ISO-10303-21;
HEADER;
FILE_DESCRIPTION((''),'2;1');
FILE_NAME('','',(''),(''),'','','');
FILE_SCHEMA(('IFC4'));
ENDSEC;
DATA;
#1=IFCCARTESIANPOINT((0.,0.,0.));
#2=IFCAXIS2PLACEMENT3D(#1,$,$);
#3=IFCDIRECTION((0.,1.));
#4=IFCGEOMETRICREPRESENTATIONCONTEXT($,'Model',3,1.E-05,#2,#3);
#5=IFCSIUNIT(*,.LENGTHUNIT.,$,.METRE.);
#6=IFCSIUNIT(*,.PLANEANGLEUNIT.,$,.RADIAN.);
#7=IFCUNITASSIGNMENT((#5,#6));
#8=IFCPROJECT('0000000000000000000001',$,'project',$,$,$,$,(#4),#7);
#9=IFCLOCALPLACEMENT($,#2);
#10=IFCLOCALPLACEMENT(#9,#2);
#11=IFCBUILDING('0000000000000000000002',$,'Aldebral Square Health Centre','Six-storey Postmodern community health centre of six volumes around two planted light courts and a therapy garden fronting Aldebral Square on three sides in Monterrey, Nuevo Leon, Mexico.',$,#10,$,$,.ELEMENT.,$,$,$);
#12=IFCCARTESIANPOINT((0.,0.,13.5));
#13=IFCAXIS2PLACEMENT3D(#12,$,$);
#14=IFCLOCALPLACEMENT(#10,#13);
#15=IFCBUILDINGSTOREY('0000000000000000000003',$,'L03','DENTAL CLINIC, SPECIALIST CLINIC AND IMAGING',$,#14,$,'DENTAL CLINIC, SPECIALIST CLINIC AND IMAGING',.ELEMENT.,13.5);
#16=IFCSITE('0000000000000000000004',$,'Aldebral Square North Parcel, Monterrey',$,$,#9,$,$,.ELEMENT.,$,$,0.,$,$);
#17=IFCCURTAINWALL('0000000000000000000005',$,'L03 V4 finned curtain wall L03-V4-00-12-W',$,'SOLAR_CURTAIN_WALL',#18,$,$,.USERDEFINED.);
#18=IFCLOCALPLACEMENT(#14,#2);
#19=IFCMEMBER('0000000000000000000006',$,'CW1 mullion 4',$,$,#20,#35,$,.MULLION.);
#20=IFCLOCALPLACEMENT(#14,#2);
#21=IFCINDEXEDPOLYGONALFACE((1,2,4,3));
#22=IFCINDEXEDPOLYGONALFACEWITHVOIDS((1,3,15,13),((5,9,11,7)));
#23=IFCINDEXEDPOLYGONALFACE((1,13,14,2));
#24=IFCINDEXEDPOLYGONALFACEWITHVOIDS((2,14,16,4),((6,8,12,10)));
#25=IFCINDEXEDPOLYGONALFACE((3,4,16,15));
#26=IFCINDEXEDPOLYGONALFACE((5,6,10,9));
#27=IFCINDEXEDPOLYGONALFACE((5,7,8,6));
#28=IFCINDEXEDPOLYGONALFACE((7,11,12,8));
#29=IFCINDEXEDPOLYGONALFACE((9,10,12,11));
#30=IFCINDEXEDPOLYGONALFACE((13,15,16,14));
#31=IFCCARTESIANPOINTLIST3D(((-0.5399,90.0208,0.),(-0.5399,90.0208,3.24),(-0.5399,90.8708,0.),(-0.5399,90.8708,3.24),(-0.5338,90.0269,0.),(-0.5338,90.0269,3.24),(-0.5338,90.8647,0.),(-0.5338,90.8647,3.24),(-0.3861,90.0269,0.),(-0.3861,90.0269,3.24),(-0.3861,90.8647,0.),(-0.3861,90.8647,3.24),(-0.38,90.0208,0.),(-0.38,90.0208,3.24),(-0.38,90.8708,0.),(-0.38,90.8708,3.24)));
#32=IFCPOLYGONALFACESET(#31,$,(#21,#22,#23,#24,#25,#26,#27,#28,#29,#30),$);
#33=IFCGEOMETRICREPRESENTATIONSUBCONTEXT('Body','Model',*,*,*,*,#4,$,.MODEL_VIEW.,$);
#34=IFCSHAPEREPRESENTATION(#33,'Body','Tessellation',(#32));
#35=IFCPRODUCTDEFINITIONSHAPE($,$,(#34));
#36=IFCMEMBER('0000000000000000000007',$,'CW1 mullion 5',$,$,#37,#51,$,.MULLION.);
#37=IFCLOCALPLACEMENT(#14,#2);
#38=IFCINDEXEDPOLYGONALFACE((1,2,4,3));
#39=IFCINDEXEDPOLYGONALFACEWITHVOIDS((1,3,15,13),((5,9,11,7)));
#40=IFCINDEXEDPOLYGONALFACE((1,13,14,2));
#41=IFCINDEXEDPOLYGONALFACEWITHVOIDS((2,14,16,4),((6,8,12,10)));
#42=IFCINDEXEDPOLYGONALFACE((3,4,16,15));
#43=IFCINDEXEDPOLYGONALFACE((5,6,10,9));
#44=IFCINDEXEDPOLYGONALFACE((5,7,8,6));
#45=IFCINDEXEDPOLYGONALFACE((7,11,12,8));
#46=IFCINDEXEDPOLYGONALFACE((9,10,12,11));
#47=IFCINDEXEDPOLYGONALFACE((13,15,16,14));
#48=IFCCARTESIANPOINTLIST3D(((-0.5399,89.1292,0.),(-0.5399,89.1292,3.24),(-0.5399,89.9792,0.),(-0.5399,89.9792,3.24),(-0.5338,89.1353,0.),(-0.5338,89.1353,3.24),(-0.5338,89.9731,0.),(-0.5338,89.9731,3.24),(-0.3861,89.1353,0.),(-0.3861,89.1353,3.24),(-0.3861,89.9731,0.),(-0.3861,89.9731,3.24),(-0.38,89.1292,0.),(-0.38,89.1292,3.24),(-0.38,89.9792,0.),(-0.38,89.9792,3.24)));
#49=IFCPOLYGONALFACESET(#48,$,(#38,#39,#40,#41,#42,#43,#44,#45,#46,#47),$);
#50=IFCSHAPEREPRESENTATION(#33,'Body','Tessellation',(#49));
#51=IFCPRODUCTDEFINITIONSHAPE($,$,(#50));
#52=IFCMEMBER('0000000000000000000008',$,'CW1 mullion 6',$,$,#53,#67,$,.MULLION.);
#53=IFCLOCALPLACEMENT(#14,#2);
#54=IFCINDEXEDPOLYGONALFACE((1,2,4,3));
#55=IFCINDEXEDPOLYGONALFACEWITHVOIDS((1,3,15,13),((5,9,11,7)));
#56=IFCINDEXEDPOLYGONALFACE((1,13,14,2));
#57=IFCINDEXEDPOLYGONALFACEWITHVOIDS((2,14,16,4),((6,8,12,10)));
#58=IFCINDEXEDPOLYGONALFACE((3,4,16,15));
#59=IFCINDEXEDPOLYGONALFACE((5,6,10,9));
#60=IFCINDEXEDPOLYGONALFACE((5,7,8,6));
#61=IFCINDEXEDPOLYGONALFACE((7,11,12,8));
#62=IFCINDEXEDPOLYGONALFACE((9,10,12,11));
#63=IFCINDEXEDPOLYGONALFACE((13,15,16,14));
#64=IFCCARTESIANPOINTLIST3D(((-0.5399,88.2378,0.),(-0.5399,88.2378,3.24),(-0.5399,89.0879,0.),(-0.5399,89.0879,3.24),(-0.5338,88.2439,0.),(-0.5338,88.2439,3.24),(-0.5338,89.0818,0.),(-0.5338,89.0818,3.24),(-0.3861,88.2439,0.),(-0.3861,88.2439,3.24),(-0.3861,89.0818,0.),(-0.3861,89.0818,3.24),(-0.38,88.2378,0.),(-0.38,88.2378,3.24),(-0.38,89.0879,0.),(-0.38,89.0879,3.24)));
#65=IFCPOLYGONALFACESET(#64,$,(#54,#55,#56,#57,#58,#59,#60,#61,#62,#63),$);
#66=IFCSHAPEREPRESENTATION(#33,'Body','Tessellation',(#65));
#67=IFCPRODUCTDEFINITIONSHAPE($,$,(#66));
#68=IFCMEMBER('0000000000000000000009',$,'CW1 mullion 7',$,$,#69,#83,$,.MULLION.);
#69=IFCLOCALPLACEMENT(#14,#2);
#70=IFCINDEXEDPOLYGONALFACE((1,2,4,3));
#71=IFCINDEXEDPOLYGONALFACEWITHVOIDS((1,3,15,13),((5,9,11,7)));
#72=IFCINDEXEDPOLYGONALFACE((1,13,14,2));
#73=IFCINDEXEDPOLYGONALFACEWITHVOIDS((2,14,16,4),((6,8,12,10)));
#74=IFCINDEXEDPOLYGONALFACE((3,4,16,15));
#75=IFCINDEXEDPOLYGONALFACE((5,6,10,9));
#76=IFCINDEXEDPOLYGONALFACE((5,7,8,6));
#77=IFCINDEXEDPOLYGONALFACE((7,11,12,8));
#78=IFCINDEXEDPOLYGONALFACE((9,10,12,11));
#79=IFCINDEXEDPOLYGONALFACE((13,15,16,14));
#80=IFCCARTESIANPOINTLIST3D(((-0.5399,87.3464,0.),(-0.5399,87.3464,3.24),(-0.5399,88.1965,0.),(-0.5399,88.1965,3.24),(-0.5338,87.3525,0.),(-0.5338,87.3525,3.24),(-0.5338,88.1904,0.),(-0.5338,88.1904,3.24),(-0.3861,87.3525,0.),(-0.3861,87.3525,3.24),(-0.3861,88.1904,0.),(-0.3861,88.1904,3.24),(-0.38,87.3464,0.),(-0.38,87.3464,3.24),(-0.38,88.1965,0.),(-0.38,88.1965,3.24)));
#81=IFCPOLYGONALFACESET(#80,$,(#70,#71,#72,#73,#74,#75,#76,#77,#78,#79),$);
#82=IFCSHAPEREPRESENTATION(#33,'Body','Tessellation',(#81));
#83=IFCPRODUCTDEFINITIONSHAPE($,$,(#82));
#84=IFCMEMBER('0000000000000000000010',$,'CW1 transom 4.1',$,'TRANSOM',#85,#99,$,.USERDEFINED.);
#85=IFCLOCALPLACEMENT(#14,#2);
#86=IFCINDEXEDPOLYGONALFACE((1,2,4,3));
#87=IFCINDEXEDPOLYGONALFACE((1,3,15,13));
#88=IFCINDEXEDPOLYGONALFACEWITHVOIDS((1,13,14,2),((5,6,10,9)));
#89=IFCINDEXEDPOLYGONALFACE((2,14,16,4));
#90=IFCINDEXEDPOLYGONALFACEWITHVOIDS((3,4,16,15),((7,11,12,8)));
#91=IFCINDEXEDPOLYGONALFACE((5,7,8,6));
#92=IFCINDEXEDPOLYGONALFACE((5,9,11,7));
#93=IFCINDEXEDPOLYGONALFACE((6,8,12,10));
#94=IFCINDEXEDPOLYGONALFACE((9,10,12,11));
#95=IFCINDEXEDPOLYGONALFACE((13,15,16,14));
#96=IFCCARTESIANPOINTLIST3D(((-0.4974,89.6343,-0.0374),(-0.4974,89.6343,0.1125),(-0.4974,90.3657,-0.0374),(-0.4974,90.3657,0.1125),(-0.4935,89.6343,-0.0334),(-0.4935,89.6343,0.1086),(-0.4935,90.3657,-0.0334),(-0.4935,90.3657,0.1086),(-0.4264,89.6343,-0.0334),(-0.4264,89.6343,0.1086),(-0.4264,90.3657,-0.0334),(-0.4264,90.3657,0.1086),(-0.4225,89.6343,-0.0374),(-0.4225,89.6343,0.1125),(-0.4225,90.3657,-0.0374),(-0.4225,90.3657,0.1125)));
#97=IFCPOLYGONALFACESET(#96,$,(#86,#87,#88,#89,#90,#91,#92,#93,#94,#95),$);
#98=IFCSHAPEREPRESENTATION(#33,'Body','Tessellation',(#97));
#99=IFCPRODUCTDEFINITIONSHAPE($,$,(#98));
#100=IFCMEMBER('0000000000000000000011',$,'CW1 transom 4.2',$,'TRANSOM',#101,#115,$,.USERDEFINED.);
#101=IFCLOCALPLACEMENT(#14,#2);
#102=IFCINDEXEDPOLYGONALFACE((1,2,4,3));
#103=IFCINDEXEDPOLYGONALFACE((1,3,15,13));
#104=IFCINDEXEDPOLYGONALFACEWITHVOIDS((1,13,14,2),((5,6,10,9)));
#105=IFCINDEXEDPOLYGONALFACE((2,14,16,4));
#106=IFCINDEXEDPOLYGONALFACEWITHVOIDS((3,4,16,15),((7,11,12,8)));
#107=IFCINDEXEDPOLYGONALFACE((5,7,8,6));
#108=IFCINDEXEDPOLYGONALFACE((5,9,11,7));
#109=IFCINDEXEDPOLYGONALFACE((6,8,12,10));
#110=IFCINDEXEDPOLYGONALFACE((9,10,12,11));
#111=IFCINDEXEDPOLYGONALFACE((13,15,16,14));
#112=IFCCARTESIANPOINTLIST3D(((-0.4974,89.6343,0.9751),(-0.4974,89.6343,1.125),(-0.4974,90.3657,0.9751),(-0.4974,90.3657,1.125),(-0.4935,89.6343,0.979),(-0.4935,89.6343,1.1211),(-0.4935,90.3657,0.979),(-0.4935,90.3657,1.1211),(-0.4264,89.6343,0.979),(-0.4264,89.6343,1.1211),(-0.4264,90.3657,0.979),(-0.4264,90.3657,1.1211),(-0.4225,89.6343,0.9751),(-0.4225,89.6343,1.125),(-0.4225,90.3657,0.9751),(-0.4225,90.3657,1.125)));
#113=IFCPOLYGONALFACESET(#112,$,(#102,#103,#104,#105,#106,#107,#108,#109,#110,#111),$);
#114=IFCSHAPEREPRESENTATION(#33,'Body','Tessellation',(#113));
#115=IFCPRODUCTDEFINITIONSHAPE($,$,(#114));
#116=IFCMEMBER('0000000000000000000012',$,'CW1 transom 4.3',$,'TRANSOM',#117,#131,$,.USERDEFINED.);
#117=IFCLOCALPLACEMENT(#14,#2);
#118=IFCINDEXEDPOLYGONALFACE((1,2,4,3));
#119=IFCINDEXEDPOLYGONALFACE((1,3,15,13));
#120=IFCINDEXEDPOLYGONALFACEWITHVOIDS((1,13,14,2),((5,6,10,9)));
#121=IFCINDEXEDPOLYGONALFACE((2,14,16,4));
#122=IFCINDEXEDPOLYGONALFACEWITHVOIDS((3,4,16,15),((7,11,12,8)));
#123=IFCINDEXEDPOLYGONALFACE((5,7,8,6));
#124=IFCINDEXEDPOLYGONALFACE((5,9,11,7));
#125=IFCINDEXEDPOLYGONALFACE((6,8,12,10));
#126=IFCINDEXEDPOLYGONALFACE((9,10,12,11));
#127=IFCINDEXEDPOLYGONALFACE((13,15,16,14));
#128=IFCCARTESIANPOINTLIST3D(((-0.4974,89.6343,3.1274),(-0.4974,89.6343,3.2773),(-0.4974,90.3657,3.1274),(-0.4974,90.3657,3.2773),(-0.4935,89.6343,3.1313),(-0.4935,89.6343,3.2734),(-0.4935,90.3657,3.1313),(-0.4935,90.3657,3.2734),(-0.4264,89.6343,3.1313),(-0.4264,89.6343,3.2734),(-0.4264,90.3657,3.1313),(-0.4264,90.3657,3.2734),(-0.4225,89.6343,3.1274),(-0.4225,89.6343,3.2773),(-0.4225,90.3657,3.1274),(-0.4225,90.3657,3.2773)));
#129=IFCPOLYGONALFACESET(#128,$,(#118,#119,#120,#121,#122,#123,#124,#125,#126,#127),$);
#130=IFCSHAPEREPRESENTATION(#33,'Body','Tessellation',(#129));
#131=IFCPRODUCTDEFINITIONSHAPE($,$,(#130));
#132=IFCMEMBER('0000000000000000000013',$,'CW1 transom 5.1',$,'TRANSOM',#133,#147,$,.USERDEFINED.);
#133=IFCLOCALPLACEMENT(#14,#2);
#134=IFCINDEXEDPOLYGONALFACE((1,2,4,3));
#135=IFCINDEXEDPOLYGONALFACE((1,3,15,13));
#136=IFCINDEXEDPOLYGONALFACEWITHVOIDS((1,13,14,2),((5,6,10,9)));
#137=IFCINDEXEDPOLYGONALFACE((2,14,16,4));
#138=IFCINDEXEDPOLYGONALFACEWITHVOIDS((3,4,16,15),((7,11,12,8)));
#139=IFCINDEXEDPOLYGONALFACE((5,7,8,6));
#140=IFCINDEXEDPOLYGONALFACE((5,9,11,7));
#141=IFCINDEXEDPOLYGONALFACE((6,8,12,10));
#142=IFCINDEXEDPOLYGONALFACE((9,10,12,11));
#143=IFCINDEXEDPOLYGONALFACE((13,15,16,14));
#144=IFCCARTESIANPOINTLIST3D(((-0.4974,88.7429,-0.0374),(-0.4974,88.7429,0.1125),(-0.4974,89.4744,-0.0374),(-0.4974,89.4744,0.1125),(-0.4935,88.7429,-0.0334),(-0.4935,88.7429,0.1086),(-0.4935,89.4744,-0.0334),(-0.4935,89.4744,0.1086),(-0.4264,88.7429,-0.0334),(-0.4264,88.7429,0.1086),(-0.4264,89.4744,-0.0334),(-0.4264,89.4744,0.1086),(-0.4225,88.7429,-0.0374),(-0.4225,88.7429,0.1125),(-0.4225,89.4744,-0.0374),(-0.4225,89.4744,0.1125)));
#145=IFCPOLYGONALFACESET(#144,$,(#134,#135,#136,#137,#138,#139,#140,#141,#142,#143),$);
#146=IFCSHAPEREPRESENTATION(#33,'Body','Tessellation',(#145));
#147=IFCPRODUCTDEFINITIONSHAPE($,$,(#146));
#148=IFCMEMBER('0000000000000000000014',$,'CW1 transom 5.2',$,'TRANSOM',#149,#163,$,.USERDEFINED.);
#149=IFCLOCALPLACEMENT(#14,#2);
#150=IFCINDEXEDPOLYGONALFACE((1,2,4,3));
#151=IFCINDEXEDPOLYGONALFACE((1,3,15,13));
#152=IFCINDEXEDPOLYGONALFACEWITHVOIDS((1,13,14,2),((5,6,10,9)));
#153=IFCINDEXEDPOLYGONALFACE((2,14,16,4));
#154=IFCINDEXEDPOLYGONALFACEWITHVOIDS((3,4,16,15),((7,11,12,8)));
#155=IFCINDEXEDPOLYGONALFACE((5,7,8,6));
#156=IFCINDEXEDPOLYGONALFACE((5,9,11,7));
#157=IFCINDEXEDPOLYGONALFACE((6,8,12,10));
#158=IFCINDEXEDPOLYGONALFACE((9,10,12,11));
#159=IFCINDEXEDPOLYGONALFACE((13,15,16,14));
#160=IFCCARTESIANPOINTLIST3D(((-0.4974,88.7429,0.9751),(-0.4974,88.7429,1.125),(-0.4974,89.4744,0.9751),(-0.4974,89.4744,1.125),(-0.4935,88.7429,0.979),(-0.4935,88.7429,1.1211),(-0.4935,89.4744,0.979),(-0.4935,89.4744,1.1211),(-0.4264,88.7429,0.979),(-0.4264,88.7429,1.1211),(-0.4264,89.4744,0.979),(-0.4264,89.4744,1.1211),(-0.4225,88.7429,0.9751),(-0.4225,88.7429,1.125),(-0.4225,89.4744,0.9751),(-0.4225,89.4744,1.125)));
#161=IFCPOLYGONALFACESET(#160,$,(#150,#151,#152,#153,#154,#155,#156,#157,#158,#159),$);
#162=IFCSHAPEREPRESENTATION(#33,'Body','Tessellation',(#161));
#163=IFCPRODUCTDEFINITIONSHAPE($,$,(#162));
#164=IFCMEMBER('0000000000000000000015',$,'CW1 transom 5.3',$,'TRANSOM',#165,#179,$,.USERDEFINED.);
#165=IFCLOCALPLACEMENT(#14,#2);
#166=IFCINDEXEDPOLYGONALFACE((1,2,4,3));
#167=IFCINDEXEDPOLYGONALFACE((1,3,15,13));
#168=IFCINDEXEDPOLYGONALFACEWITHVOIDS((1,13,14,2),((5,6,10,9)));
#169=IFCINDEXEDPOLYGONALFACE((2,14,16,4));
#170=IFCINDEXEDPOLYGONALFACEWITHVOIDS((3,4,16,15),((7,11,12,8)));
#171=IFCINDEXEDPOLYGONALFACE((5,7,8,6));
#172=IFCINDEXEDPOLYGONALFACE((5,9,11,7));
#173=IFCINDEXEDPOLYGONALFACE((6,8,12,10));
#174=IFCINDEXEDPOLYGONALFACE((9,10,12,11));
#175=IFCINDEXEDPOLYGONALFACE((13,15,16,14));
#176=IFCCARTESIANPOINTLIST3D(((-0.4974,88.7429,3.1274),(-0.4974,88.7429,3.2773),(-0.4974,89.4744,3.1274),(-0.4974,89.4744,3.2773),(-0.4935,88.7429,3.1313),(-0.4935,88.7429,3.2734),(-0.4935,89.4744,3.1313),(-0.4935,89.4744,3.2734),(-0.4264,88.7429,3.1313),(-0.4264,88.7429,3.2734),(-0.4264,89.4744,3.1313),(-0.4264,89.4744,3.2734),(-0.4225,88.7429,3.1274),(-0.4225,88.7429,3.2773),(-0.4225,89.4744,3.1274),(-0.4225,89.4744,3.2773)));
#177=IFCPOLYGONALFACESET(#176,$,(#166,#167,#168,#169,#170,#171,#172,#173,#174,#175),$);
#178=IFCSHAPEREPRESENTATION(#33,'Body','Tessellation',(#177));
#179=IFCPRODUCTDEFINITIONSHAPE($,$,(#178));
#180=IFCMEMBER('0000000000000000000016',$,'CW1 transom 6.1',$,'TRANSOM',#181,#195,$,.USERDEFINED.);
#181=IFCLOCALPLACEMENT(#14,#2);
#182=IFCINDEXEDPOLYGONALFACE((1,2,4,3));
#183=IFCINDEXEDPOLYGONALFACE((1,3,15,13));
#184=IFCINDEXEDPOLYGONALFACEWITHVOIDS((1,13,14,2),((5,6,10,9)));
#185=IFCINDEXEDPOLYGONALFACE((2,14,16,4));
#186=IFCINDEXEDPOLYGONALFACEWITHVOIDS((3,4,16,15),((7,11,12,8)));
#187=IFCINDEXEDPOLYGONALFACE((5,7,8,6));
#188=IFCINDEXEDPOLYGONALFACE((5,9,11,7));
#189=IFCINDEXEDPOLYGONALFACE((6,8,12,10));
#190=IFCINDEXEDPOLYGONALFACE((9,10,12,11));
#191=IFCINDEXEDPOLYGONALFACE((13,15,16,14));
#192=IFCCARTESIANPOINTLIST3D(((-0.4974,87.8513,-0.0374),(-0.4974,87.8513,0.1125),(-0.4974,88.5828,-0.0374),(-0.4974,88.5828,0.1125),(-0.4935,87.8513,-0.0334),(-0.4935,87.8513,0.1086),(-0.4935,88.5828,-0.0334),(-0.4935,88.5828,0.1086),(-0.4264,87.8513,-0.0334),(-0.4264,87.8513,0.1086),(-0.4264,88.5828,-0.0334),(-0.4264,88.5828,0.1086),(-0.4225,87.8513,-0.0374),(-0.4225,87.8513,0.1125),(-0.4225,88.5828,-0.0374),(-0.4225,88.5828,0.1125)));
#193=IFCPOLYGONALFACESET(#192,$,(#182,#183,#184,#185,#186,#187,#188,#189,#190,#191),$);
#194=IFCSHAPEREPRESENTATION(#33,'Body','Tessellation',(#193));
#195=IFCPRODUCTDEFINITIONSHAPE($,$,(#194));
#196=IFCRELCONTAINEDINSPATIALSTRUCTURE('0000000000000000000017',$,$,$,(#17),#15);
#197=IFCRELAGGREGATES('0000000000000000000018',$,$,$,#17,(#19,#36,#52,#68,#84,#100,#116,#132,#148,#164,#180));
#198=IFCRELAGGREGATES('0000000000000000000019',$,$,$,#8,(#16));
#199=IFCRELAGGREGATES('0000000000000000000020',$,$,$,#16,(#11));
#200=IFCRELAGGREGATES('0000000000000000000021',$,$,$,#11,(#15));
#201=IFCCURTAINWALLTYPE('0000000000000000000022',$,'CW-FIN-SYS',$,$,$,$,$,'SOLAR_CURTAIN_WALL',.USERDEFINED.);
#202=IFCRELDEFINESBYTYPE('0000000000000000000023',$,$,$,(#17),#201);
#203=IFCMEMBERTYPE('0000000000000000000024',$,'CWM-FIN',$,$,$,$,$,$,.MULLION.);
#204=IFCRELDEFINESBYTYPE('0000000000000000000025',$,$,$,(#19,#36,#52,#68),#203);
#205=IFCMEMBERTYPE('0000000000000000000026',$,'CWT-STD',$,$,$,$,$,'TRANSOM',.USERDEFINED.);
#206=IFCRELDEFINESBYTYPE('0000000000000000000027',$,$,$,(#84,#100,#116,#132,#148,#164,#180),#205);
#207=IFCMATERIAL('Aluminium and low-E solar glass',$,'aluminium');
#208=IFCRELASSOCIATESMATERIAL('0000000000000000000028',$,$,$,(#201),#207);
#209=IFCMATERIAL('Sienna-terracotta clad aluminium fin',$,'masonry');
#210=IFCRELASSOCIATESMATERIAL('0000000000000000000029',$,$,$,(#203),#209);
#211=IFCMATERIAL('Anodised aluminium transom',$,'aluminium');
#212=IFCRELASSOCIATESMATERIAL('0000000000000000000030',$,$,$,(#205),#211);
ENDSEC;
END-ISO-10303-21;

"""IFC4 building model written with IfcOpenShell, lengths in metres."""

from ifc_helpers import new_model, si_unit, direction, frame, origin, origin_2d, place, context, subcontext, project, spatial, hollow_rectangle, extrude, material, material_profile, profile_set, type_object, element, aggregate, save


model = new_model("IFC4")

# Units and contexts
model_context = context("Model", 3, precision=1e-05, world=origin(), true_north=direction((0.0, 1.0)))
body_context = subcontext(model_context, "Body", "Model", "MODEL_VIEW")
ifc_project = project(units=[si_unit("LENGTHUNIT", "METRE"), si_unit("PLANEANGLEUNIT", "RADIAN")], contexts=[model_context])

# Site, building, storey
site_placement = place(None, origin())
site = spatial("IfcSite", under=ifc_project, at=site_placement, Name="Aldebral Square North Parcel, Monterrey", CompositionType="ELEMENT", RefElevation=0.0)
building_placement = place(site_placement, origin())
building = spatial("IfcBuilding", under=site, at=building_placement, Name="Aldebral Square Health Centre", Description="Six-storey Postmodern community health centre of six volumes around two planted light courts and a therapy garden fronting Aldebral Square on three sides in Monterrey, Nuevo Leon, Mexico.", CompositionType="ELEMENT")
storey_placement = place(building_placement, frame((0.0, 0.0, 13.5)))
storey = spatial("IfcBuildingStorey", under=building, at=storey_placement, Name="L03", Description="DENTAL CLINIC, SPECIALIST CLINIC AND IMAGING", LongName="DENTAL CLINIC, SPECIALIST CLINIC AND IMAGING", CompositionType="ELEMENT", Elevation=13.5)

# Curtain wall, members
ifc_material_1 = material(Name="Aluminium and low-E solar glass", Category="aluminium")
curtain_wall_type = type_object("IfcCurtainWallType", Name="CW-FIN-SYS", ElementType="SOLAR_CURTAIN_WALL", PredefinedType="USERDEFINED", material=ifc_material_1)
curtain_wall_placement = place(storey_placement, origin())
curtain_wall = element("IfcCurtainWall", 1, at=curtain_wall_placement, inside=storey, type_object=curtain_wall_type, Name="L03 V4 finned curtain wall L03-V4-00-12-W", ObjectType="SOLAR_CURTAIN_WALL", PredefinedType="USERDEFINED")
ifc_material_2 = material(Name="Sienna-terracotta clad aluminium fin", Category="masonry")
ifc_material_profile_1 = material_profile(ifc_material_2, hollow_rectangle(XDim=0.1599, YDim=0.8501, WallThickness=0.0061, at=origin_2d()), Name="FIN 160x850x6")
ifc_profile_set_1 = profile_set([ifc_material_profile_1], Name="Sienna-terracotta clad aluminium fin")
member_type_1 = type_object("IfcMemberType", Name="CWM-FIN", PredefinedType="MULLION", material=ifc_profile_set_1)
member_1_placement = place(storey_placement, frame((-0.46, 90.4458, 0.0), z_axis=(0.0, 0.0, 1.0), x_axis=(1.0, 0.0, 0.0)))
member_1 = element("IfcMember", 2, at=member_1_placement, type_object=member_type_1, Name="CW1 mullion 4", PredefinedType="MULLION", context=body_context, shape_type="SweptSolid", body=[
    extrude(hollow_rectangle(XDim=0.1599, YDim=0.8501, WallThickness=0.0061, at=origin_2d()), origin(), (0.0, 0.0, 1.0), 3.24),
])
member_2_placement = place(storey_placement, frame((-0.46, 89.5542, 0.0), z_axis=(0.0, 0.0, 1.0), x_axis=(1.0, 0.0, 0.0)))
member_2 = element("IfcMember", 3, at=member_2_placement, type_object=member_type_1, Name="CW1 mullion 5", PredefinedType="MULLION", context=body_context, shape_type="SweptSolid", body=[
    extrude(hollow_rectangle(XDim=0.1599, YDim=0.8501, WallThickness=0.0061, at=origin_2d()), origin(), (0.0, 0.0, 1.0), 3.24),
])
member_3_placement = place(storey_placement, frame((-0.46, 88.6628, 0.0), z_axis=(0.0, 0.0, 1.0), x_axis=(1.0, 0.0, 0.0)))
member_3 = element("IfcMember", 4, at=member_3_placement, type_object=member_type_1, Name="CW1 mullion 6", PredefinedType="MULLION", context=body_context, shape_type="SweptSolid", body=[
    extrude(hollow_rectangle(XDim=0.1599, YDim=0.8501, WallThickness=0.0061, at=origin_2d()), origin(), (0.0, 0.0, 1.0), 3.24),
])
member_4_placement = place(storey_placement, frame((-0.46, 87.7715, 0.0), z_axis=(0.0, 0.0, 1.0), x_axis=(1.0, 0.0, 0.0)))
member_4 = element("IfcMember", 5, at=member_4_placement, type_object=member_type_1, Name="CW1 mullion 7", PredefinedType="MULLION", context=body_context, shape_type="SweptSolid", body=[
    extrude(hollow_rectangle(XDim=0.1599, YDim=0.8501, WallThickness=0.0061, at=origin_2d()), origin(), (0.0, 0.0, 1.0), 3.24),
])
ifc_material_3 = material(Name="Anodised aluminium transom", Category="aluminium")
ifc_material_profile_2 = material_profile(ifc_material_3, hollow_rectangle(XDim=0.075, YDim=0.1499, WallThickness=0.0039, at=origin_2d()), Name="CWT 75x150x4")
ifc_profile_set_2 = profile_set([ifc_material_profile_2], Name="Anodised aluminium transom")
member_type_2 = type_object("IfcMemberType", Name="CWT-STD", ElementType="TRANSOM", PredefinedType="USERDEFINED", material=ifc_profile_set_2)
member_5_placement = place(storey_placement, frame((-0.46, 90.3657, 0.0376), z_axis=(0.0, -1.0, 0.0), x_axis=(1.0, 0.0, 0.0)))
member_5 = element("IfcMember", 6, at=member_5_placement, type_object=member_type_2, Name="CW1 transom 4.1", ObjectType="TRANSOM", PredefinedType="USERDEFINED", context=body_context, shape_type="SweptSolid", body=[
    extrude(hollow_rectangle(XDim=0.075, YDim=0.1499, WallThickness=0.0039, at=origin_2d()), origin(), (0.0, 0.0, 1.0), 0.7314),
])
member_6_placement = place(storey_placement, frame((-0.46, 90.3657, 1.05), z_axis=(0.0, -1.0, 0.0), x_axis=(1.0, 0.0, 0.0)))
member_6 = element("IfcMember", 7, at=member_6_placement, type_object=member_type_2, Name="CW1 transom 4.2", ObjectType="TRANSOM", PredefinedType="USERDEFINED", context=body_context, shape_type="SweptSolid", body=[
    extrude(hollow_rectangle(XDim=0.075, YDim=0.1499, WallThickness=0.0039, at=origin_2d()), origin(), (0.0, 0.0, 1.0), 0.7314),
])
member_7_placement = place(storey_placement, frame((-0.46, 90.3657, 3.2024), z_axis=(0.0, -1.0, 0.0), x_axis=(1.0, 0.0, 0.0)))
member_7 = element("IfcMember", 8, at=member_7_placement, type_object=member_type_2, Name="CW1 transom 4.3", ObjectType="TRANSOM", PredefinedType="USERDEFINED", context=body_context, shape_type="SweptSolid", body=[
    extrude(hollow_rectangle(XDim=0.075, YDim=0.1499, WallThickness=0.0039, at=origin_2d()), origin(), (0.0, 0.0, 1.0), 0.7314),
])
member_8_placement = place(storey_placement, frame((-0.46, 89.4744, 0.0376), z_axis=(0.0, -1.0, 0.0), x_axis=(1.0, 0.0, 0.0)))
member_8 = element("IfcMember", 9, at=member_8_placement, type_object=member_type_2, Name="CW1 transom 5.1", ObjectType="TRANSOM", PredefinedType="USERDEFINED", context=body_context, shape_type="SweptSolid", body=[
    extrude(hollow_rectangle(XDim=0.075, YDim=0.1499, WallThickness=0.0039, at=origin_2d()), origin(), (0.0, 0.0, 1.0), 0.7314),
])
member_9_placement = place(storey_placement, frame((-0.46, 89.4744, 1.05), z_axis=(0.0, -1.0, 0.0), x_axis=(1.0, 0.0, 0.0)))
member_9 = element("IfcMember", 10, at=member_9_placement, type_object=member_type_2, Name="CW1 transom 5.2", ObjectType="TRANSOM", PredefinedType="USERDEFINED", context=body_context, shape_type="SweptSolid", body=[
    extrude(hollow_rectangle(XDim=0.075, YDim=0.1499, WallThickness=0.0039, at=origin_2d()), origin(), (0.0, 0.0, 1.0), 0.7314),
])
member_10_placement = place(storey_placement, frame((-0.46, 89.4744, 3.2024), z_axis=(0.0, -1.0, 0.0), x_axis=(1.0, 0.0, 0.0)))
member_10 = element("IfcMember", 11, at=member_10_placement, type_object=member_type_2, Name="CW1 transom 5.3", ObjectType="TRANSOM", PredefinedType="USERDEFINED", context=body_context, shape_type="SweptSolid", body=[
    extrude(hollow_rectangle(XDim=0.075, YDim=0.1499, WallThickness=0.0039, at=origin_2d()), origin(), (0.0, 0.0, 1.0), 0.7314),
])
member_11_placement = place(storey_placement, frame((-0.46, 88.5828, 0.0376), z_axis=(0.0, -1.0, 0.0), x_axis=(1.0, 0.0, 0.0)))
member_11 = element("IfcMember", 12, at=member_11_placement, type_object=member_type_2, Name="CW1 transom 6.1", ObjectType="TRANSOM", PredefinedType="USERDEFINED", context=body_context, shape_type="SweptSolid", body=[
    extrude(hollow_rectangle(XDim=0.075, YDim=0.1499, WallThickness=0.0039, at=origin_2d()), origin(), (0.0, 0.0, 1.0), 0.7314),
])
aggregate(curtain_wall, [member_1, member_2, member_3, member_4, member_5, member_6, member_7, member_8, member_9, member_10, member_11])

save(model, "model.ifc")
